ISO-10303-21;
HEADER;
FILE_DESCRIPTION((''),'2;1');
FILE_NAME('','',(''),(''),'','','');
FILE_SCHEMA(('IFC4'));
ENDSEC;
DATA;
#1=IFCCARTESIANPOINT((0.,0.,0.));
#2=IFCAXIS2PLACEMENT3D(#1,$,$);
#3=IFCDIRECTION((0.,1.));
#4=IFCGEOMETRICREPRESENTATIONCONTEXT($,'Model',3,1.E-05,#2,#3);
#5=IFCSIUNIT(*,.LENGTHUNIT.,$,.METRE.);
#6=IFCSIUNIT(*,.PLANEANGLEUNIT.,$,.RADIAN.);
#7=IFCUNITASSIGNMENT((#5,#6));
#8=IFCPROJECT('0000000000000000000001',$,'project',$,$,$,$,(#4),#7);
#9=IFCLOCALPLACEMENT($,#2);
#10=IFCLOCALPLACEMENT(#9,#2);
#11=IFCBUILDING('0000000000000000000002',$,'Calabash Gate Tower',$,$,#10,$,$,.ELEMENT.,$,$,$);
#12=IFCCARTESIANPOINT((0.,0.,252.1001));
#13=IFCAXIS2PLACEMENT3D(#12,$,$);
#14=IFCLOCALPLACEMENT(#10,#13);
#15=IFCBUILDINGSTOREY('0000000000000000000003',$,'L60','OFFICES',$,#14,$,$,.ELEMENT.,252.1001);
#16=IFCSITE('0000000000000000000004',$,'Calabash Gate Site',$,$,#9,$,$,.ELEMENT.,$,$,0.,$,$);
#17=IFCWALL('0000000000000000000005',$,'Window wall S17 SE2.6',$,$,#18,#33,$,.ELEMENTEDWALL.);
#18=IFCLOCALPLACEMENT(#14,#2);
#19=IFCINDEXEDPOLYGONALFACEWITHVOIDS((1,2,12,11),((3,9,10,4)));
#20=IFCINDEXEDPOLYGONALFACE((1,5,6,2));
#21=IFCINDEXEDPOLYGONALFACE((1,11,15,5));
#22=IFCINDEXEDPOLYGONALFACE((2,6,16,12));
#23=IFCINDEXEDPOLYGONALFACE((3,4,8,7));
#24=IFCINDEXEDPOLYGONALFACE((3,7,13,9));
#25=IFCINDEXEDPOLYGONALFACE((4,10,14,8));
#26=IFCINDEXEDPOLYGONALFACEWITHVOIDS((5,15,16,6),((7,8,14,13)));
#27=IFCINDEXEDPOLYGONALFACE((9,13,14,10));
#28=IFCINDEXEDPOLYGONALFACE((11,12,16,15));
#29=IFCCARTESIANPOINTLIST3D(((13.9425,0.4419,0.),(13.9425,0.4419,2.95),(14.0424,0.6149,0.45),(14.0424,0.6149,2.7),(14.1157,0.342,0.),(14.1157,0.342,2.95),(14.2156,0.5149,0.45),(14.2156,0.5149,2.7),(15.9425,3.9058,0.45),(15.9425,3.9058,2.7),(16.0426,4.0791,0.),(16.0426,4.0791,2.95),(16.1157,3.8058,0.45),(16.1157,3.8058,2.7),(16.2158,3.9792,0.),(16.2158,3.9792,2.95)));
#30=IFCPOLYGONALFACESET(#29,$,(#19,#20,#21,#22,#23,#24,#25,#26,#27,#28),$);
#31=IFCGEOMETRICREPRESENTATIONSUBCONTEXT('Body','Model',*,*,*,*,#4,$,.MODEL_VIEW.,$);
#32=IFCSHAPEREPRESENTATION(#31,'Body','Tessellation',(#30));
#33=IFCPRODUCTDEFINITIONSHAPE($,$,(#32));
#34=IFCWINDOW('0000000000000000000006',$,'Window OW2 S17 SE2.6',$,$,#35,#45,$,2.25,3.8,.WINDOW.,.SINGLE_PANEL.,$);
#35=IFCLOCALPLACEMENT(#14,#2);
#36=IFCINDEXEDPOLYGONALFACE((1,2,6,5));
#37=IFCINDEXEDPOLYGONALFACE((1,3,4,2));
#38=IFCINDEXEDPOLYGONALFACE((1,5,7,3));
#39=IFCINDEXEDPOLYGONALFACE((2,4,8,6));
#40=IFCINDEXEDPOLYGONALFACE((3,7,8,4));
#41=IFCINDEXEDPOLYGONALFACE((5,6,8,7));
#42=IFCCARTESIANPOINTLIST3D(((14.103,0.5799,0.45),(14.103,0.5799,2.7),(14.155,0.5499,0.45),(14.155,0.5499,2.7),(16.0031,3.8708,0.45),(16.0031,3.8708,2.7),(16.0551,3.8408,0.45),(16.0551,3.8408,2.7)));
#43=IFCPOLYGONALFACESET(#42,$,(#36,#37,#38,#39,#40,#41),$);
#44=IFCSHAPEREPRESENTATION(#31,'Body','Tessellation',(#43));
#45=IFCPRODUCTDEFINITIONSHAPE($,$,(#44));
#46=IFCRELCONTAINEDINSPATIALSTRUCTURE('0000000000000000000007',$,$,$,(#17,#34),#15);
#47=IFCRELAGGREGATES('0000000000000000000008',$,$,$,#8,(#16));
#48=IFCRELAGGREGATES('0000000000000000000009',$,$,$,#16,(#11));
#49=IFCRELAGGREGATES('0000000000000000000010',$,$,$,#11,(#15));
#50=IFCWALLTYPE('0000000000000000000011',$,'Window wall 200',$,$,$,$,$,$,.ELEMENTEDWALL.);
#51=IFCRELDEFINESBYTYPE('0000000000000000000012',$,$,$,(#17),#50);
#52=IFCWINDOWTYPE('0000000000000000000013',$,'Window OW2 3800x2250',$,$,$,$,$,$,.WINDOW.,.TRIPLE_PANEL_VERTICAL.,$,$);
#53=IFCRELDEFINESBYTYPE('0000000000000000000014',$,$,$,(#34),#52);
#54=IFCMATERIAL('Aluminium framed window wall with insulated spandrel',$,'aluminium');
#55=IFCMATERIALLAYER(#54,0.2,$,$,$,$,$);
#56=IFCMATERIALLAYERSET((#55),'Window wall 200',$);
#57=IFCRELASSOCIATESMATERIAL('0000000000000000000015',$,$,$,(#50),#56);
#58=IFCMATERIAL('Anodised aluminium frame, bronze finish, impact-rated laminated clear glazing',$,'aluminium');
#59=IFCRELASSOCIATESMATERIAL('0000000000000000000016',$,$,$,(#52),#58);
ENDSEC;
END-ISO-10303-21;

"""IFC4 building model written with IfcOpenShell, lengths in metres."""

from ifc_helpers import new_model, si_unit, direction, frame, frame_2d, origin, place, context, subcontext, project, spatial, rectangle, extrude, material, layer, layer_set, type_object, element, fill, save


model = new_model("IFC4")

# Units and contexts
model_context = context("Model", 3, precision=1e-05, world=origin(), true_north=direction((0.0, 1.0)))
body_context = subcontext(model_context, "Body", "Model", "MODEL_VIEW")
ifc_project = project(units=[si_unit("LENGTHUNIT", "METRE"), si_unit("PLANEANGLEUNIT", "RADIAN")], contexts=[model_context])

# Site, building, storey
site_placement = place(None, origin())
site = spatial("IfcSite", under=ifc_project, at=site_placement, Name="Calabash Gate Site", CompositionType="ELEMENT", RefElevation=0.0)
building_placement = place(site_placement, origin())
building = spatial("IfcBuilding", under=site, at=building_placement, Name="Calabash Gate Tower", CompositionType="ELEMENT")
storey_placement = place(building_placement, frame((0.0, 0.0, 252.1001)))
storey = spatial("IfcBuildingStorey", under=building, at=storey_placement, Name="L60", Description="OFFICES", CompositionType="ELEMENT", Elevation=252.1001)

# Wall, opening, window
ifc_material_1 = material(Name="Aluminium framed window wall with insulated spandrel", Category="aluminium")
ifc_layer_1 = layer(ifc_material_1, 0.2)
ifc_layer_set_1 = layer_set([ifc_layer_1], Name="Window wall 200")
wall_type_1 = type_object("IfcWallType", Name="Window wall 200", PredefinedType="ELEMENTEDWALL", material=ifc_layer_set_1)
wall_1_placement = place(storey_placement, frame((14.0291, 0.3918, 0.0), z_axis=(0.0, 0.0, 1.0), x_axis=(0.500028, 0.866009, 0.0)))
wall_1 = element("IfcWall", 1, at=wall_1_placement, inside=storey, type_object=wall_type_1, Name="Window wall S17 SE2.6", PredefinedType="ELEMENTEDWALL", context=body_context, shape_type="SweptSolid", body=[
    extrude(rectangle(XDim=4.2, YDim=0.2, at=frame_2d((2.1001, 0.0))), origin(), (0.0, 0.0, 1.0), 2.95),
])
opening_placement = place(wall_1_placement, frame((0.2, 0.0, 0.45)))
opening = element("IfcOpeningElement", 2, at=opening_placement, cuts=wall_1, PredefinedType="OPENING", context=body_context, shape_type="SweptSolid", body=[
    extrude(rectangle(XDim=3.8, YDim=2.25, at=frame_2d((1.8999, 1.125))), frame((0.0, 0.1099, 0.0), z_axis=(0.0, -1.0, 0.0), x_axis=(1.0, 0.0, 0.0)), (0.0, 0.0, 1.0), 0.22),
])
ifc_material_2 = material(Name="Anodised aluminium frame, bronze finish, impact-rated laminated clear glazing", Category="aluminium")
window_type = type_object("IfcWindowType", Name="Window OW2 3800x2250", PartitioningType="TRIPLE_PANEL_VERTICAL", PredefinedType="WINDOW", material=ifc_material_2)
window_placement = place(opening_placement, origin())
window = element("IfcWindow", 3, at=window_placement, inside=storey, type_object=window_type, Name="Window OW2 S17 SE2.6", OverallHeight=2.25, OverallWidth=3.8, PartitioningType="SINGLE_PANEL", PredefinedType="WINDOW", context=body_context, shape_type="SweptSolid", body=[
    extrude(rectangle(XDim=3.8, YDim=2.25, at=frame_2d((1.8999, 1.125))), frame((0.0, 0.03, 0.0), z_axis=(0.0, -1.0, 0.0), x_axis=(1.0, 0.0, 0.0)), (0.0, 0.0, 1.0), 0.0601),
])
fill(opening, window)

save(model, "model.ifc")
